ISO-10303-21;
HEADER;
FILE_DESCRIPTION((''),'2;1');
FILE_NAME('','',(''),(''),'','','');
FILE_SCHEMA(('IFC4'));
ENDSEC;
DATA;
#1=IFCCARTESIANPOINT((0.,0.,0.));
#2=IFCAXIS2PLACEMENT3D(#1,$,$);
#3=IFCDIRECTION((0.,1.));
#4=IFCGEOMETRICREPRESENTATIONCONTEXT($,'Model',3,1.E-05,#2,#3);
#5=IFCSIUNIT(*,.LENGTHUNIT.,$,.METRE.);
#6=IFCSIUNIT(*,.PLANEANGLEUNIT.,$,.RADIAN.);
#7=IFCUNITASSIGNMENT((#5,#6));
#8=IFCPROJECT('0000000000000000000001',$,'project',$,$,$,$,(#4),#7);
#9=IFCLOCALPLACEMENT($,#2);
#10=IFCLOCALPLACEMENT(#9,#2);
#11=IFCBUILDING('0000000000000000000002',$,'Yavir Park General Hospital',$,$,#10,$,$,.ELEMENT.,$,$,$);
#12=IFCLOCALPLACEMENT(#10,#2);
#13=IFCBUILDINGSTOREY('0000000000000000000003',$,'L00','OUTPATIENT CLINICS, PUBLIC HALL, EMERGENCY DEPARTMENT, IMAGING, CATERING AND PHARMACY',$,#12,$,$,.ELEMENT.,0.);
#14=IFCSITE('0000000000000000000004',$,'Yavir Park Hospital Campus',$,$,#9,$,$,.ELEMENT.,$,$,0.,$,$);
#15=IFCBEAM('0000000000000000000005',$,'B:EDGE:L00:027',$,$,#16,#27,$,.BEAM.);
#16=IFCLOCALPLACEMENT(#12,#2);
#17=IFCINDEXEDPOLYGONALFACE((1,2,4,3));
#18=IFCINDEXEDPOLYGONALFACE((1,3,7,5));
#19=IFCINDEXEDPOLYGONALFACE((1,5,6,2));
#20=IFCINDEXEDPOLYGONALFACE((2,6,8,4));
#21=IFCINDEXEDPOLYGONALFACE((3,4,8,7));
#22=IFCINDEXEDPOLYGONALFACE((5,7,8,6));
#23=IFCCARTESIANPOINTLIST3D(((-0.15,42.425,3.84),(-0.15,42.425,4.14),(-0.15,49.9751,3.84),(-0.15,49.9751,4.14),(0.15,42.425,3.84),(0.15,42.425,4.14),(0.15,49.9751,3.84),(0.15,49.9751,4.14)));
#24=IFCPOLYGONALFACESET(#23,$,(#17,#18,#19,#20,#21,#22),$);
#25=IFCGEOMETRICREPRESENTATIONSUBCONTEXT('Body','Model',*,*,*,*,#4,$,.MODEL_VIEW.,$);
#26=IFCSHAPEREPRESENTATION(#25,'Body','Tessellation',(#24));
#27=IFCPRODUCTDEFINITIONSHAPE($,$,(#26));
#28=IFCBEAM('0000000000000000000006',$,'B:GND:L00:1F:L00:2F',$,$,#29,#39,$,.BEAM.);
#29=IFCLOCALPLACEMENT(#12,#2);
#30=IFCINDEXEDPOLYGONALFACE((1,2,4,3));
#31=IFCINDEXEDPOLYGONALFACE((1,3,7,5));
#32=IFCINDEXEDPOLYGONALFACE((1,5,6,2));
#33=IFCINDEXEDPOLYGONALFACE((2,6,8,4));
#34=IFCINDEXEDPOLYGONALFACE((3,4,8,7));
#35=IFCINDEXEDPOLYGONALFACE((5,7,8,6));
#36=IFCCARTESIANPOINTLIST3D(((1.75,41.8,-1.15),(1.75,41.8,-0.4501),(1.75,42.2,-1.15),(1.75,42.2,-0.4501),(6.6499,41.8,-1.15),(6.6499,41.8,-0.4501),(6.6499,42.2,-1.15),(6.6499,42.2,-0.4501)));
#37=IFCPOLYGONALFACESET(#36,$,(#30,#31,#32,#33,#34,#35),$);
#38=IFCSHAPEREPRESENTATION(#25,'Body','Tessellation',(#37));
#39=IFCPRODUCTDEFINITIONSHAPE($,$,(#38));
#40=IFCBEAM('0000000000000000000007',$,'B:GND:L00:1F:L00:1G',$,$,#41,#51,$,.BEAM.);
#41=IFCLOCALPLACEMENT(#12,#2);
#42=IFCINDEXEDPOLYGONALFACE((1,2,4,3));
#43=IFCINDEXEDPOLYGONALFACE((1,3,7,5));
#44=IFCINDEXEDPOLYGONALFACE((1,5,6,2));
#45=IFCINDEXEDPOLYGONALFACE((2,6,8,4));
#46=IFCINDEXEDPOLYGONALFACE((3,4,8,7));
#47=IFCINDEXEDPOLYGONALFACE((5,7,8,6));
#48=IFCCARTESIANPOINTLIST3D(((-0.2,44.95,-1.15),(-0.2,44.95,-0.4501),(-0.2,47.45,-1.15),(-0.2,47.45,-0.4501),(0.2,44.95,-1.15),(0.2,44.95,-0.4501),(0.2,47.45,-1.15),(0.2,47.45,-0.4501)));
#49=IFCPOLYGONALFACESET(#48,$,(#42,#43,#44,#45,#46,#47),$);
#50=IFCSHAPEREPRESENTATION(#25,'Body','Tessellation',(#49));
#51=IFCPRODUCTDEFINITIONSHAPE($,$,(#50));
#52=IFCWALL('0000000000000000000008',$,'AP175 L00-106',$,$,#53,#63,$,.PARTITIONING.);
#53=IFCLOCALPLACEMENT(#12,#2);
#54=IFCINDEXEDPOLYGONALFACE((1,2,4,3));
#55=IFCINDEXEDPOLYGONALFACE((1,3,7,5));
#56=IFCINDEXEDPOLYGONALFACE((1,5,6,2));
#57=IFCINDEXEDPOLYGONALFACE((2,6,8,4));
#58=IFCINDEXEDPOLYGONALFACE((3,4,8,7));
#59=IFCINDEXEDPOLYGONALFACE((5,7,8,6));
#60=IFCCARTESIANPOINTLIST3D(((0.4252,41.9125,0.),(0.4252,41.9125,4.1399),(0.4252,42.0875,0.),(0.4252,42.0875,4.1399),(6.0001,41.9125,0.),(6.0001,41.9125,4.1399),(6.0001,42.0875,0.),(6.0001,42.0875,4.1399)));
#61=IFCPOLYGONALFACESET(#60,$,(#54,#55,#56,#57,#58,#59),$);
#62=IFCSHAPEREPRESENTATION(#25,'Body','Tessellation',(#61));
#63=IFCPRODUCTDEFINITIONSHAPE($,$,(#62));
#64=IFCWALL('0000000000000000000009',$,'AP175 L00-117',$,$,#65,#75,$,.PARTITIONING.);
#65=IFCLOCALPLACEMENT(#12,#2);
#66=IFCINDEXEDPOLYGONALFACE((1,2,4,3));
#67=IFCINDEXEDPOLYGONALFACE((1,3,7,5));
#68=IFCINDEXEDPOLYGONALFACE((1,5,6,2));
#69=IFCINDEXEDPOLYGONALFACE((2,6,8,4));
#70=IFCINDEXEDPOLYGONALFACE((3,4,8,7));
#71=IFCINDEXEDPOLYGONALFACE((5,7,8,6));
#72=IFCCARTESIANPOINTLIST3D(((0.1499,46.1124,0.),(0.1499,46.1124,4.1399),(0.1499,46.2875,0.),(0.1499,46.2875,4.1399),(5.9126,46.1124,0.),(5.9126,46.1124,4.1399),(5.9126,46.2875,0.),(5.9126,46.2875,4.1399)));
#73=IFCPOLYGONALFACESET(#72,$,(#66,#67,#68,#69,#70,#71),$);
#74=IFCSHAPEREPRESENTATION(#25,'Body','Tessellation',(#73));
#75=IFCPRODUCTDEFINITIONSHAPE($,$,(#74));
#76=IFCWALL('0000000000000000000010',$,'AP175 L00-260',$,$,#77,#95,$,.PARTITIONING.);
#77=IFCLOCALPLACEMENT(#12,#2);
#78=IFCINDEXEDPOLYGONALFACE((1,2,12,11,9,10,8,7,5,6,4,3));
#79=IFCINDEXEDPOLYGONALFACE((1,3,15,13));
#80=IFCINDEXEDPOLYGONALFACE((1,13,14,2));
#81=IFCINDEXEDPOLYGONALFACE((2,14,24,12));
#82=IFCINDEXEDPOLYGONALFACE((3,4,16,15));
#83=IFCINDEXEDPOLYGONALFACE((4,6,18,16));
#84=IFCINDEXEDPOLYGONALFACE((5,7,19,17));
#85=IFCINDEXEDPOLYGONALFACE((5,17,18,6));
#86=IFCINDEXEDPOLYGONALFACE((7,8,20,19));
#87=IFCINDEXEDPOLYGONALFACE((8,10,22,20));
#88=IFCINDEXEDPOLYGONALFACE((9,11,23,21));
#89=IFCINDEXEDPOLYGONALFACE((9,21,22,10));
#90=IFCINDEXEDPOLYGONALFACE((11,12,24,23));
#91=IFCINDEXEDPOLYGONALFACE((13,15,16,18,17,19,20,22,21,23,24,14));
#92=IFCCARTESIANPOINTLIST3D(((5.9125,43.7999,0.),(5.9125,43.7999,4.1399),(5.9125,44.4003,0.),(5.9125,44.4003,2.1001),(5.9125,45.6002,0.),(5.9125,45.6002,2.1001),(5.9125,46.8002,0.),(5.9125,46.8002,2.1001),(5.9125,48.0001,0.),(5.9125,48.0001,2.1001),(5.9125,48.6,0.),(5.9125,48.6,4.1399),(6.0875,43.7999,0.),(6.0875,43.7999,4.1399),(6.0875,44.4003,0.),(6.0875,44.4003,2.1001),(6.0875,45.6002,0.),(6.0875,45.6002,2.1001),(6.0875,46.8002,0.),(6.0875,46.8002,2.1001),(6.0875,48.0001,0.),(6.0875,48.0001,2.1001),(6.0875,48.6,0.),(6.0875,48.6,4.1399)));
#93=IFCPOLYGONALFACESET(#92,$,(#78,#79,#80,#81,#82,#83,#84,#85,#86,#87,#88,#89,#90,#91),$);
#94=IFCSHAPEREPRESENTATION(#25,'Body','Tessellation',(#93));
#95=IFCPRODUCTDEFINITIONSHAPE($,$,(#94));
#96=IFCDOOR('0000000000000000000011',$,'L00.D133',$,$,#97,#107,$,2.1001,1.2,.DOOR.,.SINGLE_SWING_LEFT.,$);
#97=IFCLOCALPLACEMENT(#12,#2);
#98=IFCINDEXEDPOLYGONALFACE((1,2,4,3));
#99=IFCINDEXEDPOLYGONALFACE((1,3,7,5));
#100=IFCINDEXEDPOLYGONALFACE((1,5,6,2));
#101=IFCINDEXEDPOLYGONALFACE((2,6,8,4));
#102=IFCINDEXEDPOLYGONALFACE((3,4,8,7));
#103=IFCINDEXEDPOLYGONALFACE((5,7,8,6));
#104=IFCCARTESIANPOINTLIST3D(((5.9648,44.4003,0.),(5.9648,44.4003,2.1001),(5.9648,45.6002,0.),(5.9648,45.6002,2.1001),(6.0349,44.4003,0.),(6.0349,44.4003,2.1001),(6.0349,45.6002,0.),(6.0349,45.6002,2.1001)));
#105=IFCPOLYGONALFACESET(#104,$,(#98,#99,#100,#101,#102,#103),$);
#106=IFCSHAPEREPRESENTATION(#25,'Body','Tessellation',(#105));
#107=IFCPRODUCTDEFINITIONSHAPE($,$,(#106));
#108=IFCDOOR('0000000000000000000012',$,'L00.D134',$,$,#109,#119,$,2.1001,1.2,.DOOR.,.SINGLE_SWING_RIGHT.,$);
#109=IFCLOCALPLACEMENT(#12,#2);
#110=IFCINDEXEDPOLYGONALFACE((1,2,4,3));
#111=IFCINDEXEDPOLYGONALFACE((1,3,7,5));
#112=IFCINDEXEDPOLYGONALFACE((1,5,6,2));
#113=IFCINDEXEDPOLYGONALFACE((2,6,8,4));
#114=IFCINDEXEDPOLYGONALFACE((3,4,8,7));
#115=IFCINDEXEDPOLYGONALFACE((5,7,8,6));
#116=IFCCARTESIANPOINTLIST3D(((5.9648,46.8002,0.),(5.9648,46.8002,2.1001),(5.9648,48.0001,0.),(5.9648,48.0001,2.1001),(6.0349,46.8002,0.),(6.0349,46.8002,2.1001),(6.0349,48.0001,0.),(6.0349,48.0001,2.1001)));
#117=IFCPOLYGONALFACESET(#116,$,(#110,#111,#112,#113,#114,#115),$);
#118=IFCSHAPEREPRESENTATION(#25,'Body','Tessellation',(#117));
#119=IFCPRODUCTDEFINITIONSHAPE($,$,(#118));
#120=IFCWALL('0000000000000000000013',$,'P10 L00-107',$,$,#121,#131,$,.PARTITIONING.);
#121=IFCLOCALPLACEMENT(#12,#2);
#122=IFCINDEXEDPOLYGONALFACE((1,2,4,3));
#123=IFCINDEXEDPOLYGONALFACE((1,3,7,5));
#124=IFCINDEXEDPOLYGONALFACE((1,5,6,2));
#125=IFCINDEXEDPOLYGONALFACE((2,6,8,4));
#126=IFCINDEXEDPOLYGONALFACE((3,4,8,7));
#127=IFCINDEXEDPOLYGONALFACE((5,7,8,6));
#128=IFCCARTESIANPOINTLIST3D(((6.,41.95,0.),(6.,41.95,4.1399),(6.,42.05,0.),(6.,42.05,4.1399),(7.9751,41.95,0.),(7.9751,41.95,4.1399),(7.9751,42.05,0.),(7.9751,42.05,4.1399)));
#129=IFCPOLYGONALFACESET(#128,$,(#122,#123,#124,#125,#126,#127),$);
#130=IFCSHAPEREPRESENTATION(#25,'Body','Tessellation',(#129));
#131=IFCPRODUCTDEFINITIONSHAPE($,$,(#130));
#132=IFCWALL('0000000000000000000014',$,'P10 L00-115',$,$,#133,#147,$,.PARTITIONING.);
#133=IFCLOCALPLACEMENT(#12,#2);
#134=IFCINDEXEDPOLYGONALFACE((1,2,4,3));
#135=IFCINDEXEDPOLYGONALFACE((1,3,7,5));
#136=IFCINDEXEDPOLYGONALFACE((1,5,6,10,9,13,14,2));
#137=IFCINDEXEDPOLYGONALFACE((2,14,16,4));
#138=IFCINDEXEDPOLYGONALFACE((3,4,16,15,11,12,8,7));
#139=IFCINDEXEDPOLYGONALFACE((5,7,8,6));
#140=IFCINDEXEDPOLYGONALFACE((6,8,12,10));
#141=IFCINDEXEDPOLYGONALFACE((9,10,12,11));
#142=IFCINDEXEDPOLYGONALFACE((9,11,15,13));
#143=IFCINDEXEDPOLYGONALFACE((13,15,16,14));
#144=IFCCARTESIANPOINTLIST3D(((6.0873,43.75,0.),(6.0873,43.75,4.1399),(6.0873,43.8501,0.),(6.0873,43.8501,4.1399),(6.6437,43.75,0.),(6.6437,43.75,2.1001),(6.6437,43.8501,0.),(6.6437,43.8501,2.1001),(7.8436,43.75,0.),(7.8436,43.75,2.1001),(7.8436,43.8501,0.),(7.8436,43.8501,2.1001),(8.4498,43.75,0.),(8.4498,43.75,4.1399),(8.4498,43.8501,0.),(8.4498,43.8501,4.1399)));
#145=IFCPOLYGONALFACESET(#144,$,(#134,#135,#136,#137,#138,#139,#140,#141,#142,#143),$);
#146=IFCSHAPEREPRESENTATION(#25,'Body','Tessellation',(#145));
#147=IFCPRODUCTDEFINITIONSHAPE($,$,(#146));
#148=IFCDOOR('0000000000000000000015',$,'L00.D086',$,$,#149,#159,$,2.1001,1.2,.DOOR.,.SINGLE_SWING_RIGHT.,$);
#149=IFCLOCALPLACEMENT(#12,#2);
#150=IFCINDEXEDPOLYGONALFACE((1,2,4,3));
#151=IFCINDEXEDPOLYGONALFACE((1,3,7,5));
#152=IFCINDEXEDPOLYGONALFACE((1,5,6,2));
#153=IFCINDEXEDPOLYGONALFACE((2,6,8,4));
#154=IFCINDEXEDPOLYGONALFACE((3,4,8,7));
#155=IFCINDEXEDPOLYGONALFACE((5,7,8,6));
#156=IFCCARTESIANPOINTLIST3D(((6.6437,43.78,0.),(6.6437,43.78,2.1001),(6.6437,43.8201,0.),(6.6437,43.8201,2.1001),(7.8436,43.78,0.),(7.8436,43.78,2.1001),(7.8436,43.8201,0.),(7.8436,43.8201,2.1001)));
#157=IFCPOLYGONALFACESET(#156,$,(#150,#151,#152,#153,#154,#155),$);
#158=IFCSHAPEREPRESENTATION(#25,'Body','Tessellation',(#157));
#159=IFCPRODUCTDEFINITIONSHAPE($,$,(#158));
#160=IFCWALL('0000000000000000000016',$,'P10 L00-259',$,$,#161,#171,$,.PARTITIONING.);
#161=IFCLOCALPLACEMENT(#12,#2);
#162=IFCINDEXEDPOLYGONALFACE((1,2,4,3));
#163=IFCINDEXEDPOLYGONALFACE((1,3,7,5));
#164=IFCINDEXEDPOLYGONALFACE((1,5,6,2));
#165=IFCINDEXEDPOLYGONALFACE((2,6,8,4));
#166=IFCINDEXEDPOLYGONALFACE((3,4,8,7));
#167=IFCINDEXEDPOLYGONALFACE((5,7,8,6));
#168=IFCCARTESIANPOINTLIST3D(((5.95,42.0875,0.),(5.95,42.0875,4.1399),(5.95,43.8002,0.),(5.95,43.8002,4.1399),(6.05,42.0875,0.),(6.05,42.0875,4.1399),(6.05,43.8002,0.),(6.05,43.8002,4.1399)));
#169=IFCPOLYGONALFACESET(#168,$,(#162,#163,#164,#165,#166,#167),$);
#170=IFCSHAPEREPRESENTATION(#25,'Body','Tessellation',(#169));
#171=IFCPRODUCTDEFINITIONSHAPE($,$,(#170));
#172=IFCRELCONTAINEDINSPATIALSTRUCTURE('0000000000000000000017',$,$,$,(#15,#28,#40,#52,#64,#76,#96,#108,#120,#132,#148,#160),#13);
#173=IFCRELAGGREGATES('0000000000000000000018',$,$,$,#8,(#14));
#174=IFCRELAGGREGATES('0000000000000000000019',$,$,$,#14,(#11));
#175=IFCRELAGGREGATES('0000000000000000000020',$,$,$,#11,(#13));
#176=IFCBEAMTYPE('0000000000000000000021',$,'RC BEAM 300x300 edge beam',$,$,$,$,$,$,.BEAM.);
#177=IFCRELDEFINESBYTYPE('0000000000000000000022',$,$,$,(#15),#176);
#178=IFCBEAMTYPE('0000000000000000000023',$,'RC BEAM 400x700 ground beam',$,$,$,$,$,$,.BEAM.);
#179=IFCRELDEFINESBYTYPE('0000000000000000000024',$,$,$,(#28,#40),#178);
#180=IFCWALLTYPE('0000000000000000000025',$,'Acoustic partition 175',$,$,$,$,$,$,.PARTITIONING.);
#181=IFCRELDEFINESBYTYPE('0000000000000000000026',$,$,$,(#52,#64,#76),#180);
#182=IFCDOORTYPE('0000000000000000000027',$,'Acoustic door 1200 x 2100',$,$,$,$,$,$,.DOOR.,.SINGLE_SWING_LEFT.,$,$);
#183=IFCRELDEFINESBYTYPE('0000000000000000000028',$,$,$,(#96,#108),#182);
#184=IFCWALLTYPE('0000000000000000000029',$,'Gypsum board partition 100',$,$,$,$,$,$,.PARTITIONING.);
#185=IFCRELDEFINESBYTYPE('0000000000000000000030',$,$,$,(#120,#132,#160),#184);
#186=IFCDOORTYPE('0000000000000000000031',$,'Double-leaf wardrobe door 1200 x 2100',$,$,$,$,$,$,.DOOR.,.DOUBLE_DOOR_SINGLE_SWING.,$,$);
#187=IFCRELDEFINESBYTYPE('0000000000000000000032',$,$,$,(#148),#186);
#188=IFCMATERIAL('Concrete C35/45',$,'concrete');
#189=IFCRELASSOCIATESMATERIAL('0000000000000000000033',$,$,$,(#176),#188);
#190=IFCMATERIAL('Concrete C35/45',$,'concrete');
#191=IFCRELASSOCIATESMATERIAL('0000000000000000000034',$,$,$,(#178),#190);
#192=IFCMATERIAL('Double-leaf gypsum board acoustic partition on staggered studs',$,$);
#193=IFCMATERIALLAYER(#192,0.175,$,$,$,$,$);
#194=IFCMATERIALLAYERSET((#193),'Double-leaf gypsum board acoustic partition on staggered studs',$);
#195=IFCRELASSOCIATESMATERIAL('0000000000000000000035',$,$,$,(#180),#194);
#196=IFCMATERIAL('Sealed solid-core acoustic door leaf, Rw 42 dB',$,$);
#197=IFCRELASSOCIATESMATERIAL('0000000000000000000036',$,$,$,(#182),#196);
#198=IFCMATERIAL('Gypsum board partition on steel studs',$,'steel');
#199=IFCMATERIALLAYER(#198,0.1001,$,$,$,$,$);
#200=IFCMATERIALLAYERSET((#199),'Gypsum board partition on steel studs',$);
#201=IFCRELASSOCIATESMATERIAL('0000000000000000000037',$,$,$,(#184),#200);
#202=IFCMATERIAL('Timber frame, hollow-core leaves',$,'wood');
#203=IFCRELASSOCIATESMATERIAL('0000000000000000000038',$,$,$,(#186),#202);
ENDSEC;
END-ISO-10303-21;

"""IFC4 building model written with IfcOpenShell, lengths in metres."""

from ifc_helpers import new_model, si_unit, direction, frame, frame_2d, origin, origin_2d, place, context, subcontext, project, spatial, rectangle, extrude, material, layer, layer_set, material_profile, profile_set, type_object, element, fill, save


model = new_model("IFC4")

# Units and contexts
model_context = context("Model", 3, precision=1e-05, world=origin(), true_north=direction((0.0, 1.0)))
body_context = subcontext(model_context, "Body", "Model", "MODEL_VIEW")
ifc_project = project(units=[si_unit("LENGTHUNIT", "METRE"), si_unit("PLANEANGLEUNIT", "RADIAN")], contexts=[model_context])

# Site, building, storey
site_placement = place(None, origin())
site = spatial("IfcSite", under=ifc_project, at=site_placement, Name="Yavir Park Hospital Campus", CompositionType="ELEMENT", RefElevation=0.0)
building_placement = place(site_placement, origin())
building = spatial("IfcBuilding", under=site, at=building_placement, Name="Yavir Park General Hospital", CompositionType="ELEMENT")
storey_placement = place(building_placement, origin())
storey = spatial("IfcBuildingStorey", under=building, at=storey_placement, Name="L00", Description="OUTPATIENT CLINICS, PUBLIC HALL, EMERGENCY DEPARTMENT, IMAGING, CATERING AND PHARMACY", CompositionType="ELEMENT", Elevation=0.0)

# Beams
ifc_material_1 = material(Name="Concrete C35/45", Category="concrete")
ifc_material_profile_1 = material_profile(ifc_material_1, rectangle(XDim=0.3, YDim=0.3, at=origin_2d()), Name="RC300x300")
ifc_profile_set_1 = profile_set([ifc_material_profile_1], Name="Concrete C35/45")
beam_type_1 = type_object("IfcBeamType", Name="RC BEAM 300x300 edge beam", PredefinedType="BEAM", material=ifc_profile_set_1)
beam_1_placement = place(storey_placement, frame((0.0, 42.425, 3.99), z_axis=(0.0, 1.0, 0.0), x_axis=(-1.0, 0.0, 0.0)))
element("IfcBeam", 1, at=beam_1_placement, inside=storey, type_object=beam_type_1, Name="B:EDGE:L00:027", PredefinedType="BEAM", context=body_context, shape_type="SweptSolid", body=[
    extrude(rectangle(XDim=0.3, YDim=0.3, at=origin_2d()), origin(), (0.0, 0.0, 1.0), 7.55),
])
ifc_material_2 = material(Name="Concrete C35/45", Category="concrete")
ifc_material_profile_2 = material_profile(ifc_material_2, rectangle(XDim=0.3999, YDim=0.7, at=origin_2d()), Name="RC400x700")
ifc_profile_set_2 = profile_set([ifc_material_profile_2], Name="Concrete C35/45")
beam_type_2 = type_object("IfcBeamType", Name="RC BEAM 400x700 ground beam", PredefinedType="BEAM", material=ifc_profile_set_2)
beam_2_placement = place(storey_placement, frame((1.75, 42.0, -0.8), z_axis=(1.0, 0.0, 0.0), x_axis=(0.0, 1.0, 0.0)))
element("IfcBeam", 2, at=beam_2_placement, inside=storey, type_object=beam_type_2, Name="B:GND:L00:1F:L00:2F", PredefinedType="BEAM", context=body_context, shape_type="SweptSolid", body=[
    extrude(rectangle(XDim=0.3999, YDim=0.7, at=origin_2d()), origin(), (0.0, 0.0, 1.0), 4.8999),
])
beam_3_placement = place(storey_placement, frame((0.0, 44.95, -0.8), z_axis=(0.0, 1.0, 0.0), x_axis=(-1.0, 0.0, 0.0)))
element("IfcBeam", 3, at=beam_3_placement, inside=storey, type_object=beam_type_2, Name="B:GND:L00:1F:L00:1G", PredefinedType="BEAM", context=body_context, shape_type="SweptSolid", body=[
    extrude(rectangle(XDim=0.3999, YDim=0.7, at=origin_2d()), origin(), (0.0, 0.0, 1.0), 2.5),
])

# Walls
ifc_material_3 = material(Name="Double-leaf gypsum board acoustic partition on staggered studs")
ifc_layer_1 = layer(ifc_material_3, 0.175)
ifc_layer_set_1 = layer_set([ifc_layer_1], Name="Double-leaf gypsum board acoustic partition on staggered studs")
wall_type_1 = type_object("IfcWallType", Name="Acoustic partition 175", PredefinedType="PARTITIONING", material=ifc_layer_set_1)
wall_1_placement = place(storey_placement, frame((0.425, 42.0, 0.0), z_axis=(0.0, 0.0, 1.0), x_axis=(1.0, 0.0, 0.0)))
element("IfcWall", 4, at=wall_1_placement, inside=storey, type_object=wall_type_1, Name="AP175 L00-106", PredefinedType="PARTITIONING", context=body_context, shape_type="SweptSolid", body=[
    extrude(rectangle(XDim=5.575, YDim=0.175, at=frame_2d((2.7876, 0.0))), origin(), (0.0, 0.0, 1.0), 4.1399),
])
wall_2_placement = place(storey_placement, frame((0.1499, 46.2, 0.0), z_axis=(0.0, 0.0, 1.0), x_axis=(1.0, 0.0, 0.0)))
element("IfcWall", 5, at=wall_2_placement, inside=storey, type_object=wall_type_1, Name="AP175 L00-117", PredefinedType="PARTITIONING", context=body_context, shape_type="SweptSolid", body=[
    extrude(rectangle(XDim=5.7627, YDim=0.175, at=frame_2d((2.8813, 0.0))), origin(), (0.0, 0.0, 1.0), 4.1399),
])

# Wall, openings, doors
wall_3_placement = place(storey_placement, frame((6.0, 43.8, 0.0), z_axis=(0.0, 0.0, 1.0), x_axis=(0.0, 1.0, 0.0)))
wall_3 = element("IfcWall", 6, at=wall_3_placement, inside=storey, type_object=wall_type_1, Name="AP175 L00-260", PredefinedType="PARTITIONING", context=body_context, shape_type="SweptSolid", body=[
    extrude(rectangle(XDim=4.8, YDim=0.175, at=frame_2d((2.3999, 0.0))), origin(), (0.0, 0.0, 1.0), 4.1399),
])
opening_1_placement = place(wall_3_placement, frame((0.6001, 0.0, 0.0)))
opening_1 = element("IfcOpeningElement", 7, at=opening_1_placement, cuts=wall_3, PredefinedType="OPENING", context=body_context, shape_type="SweptSolid", body=[
    extrude(rectangle(XDim=1.2, YDim=2.1001, at=frame_2d((0.6001, 1.05))), frame((0.0, 0.0974, 0.0), z_axis=(0.0, -1.0, 0.0), x_axis=(1.0, 0.0, 0.0)), (0.0, 0.0, 1.0), 0.1951),
])
opening_2_placement = place(wall_3_placement, frame((3.0, 0.0, 0.0)))
opening_2 = element("IfcOpeningElement", 8, at=opening_2_placement, cuts=wall_3, PredefinedType="OPENING", context=body_context, shape_type="SweptSolid", body=[
    extrude(rectangle(XDim=1.2, YDim=2.1001, at=frame_2d((0.6001, 1.05))), frame((0.0, 0.0974, 0.0), z_axis=(0.0, -1.0, 0.0), x_axis=(1.0, 0.0, 0.0)), (0.0, 0.0, 1.0), 0.1951),
])
ifc_material_4 = material(Name="Sealed solid-core acoustic door leaf, Rw 42 dB")
door_type_1 = type_object("IfcDoorType", Name="Acoustic door 1200 x 2100", OperationType="SINGLE_SWING_LEFT", PredefinedType="DOOR", material=ifc_material_4)
door_1_placement = place(opening_1_placement, origin())
door_1 = element("IfcDoor", 9, at=door_1_placement, inside=storey, type_object=door_type_1, Name="L00.D133", OperationType="SINGLE_SWING_LEFT", OverallHeight=2.1001, OverallWidth=1.2, PredefinedType="DOOR", context=body_context, shape_type="SweptSolid", body=[
    extrude(rectangle(XDim=1.2, YDim=2.1001, at=frame_2d((0.6001, 1.05))), frame((0.0, 0.0352, 0.0), z_axis=(0.0, -1.0, 0.0), x_axis=(1.0, 0.0, 0.0)), (0.0, 0.0, 1.0), 0.0701),
])
fill(opening_1, door_1)
door_2_placement = place(opening_2_placement, origin())
door_2 = element("IfcDoor", 10, at=door_2_placement, inside=storey, type_object=door_type_1, Name="L00.D134", OperationType="SINGLE_SWING_RIGHT", OverallHeight=2.1001, OverallWidth=1.2, PredefinedType="DOOR", context=body_context, shape_type="SweptSolid", body=[
    extrude(rectangle(XDim=1.2, YDim=2.1001, at=frame_2d((0.6001, 1.05))), frame((0.0, 0.0352, 0.0), z_axis=(0.0, -1.0, 0.0), x_axis=(1.0, 0.0, 0.0)), (0.0, 0.0, 1.0), 0.0701),
])
fill(opening_2, door_2)

# Wall
ifc_material_5 = material(Name="Gypsum board partition on steel studs", Category="steel")
ifc_layer_2 = layer(ifc_material_5, 0.1001)
ifc_layer_set_2 = layer_set([ifc_layer_2], Name="Gypsum board partition on steel studs")
wall_type_2 = type_object("IfcWallType", Name="Gypsum board partition 100", PredefinedType="PARTITIONING", material=ifc_layer_set_2)
wall_4_placement = place(storey_placement, frame((6.0, 42.0, 0.0), z_axis=(0.0, 0.0, 1.0), x_axis=(1.0, 0.0, 0.0)))
element("IfcWall", 11, at=wall_4_placement, inside=storey, type_object=wall_type_2, Name="P10 L00-107", PredefinedType="PARTITIONING", context=body_context, shape_type="SweptSolid", body=[
    extrude(rectangle(XDim=1.9751, YDim=0.1001, at=frame_2d((0.9875, 0.0))), origin(), (0.0, 0.0, 1.0), 4.1399),
])

# Wall, opening, door
wall_5_placement = place(storey_placement, frame((6.0874, 43.8, 0.0), z_axis=(0.0, 0.0, 1.0), x_axis=(1.0, 0.0, 0.0)))
wall_5 = element("IfcWall", 12, at=wall_5_placement, inside=storey, type_object=wall_type_2, Name="P10 L00-115", PredefinedType="PARTITIONING", context=body_context, shape_type="SweptSolid", body=[
    extrude(rectangle(XDim=2.3625, YDim=0.1001, at=frame_2d((1.1812, 0.0))), origin(), (0.0, 0.0, 1.0), 4.1399),
])
opening_3_placement = place(wall_5_placement, frame((0.5562, 0.0, 0.0)))
opening_3 = element("IfcOpeningElement", 13, at=opening_3_placement, cuts=wall_5, PredefinedType="OPENING", context=body_context, shape_type="SweptSolid", body=[
    extrude(rectangle(XDim=1.2, YDim=2.1001, at=frame_2d((0.6001, 1.05))), frame((0.0, 0.0601, 0.0), z_axis=(0.0, -1.0, 0.0), x_axis=(1.0, 0.0, 0.0)), (0.0, 0.0, 1.0), 0.1201),
])
ifc_material_6 = material(Name="Timber frame, hollow-core leaves", Category="wood")
door_type_2 = type_object("IfcDoorType", Name="Double-leaf wardrobe door 1200 x 2100", OperationType="DOUBLE_DOOR_SINGLE_SWING", PredefinedType="DOOR", material=ifc_material_6)
door_3_placement = place(opening_3_placement, origin())
door_3 = element("IfcDoor", 14, at=door_3_placement, inside=storey, type_object=door_type_2, Name="L00.D086", OperationType="SINGLE_SWING_RIGHT", OverallHeight=2.1001, OverallWidth=1.2, PredefinedType="DOOR", context=body_context, shape_type="SweptSolid", body=[
    extrude(rectangle(XDim=1.2, YDim=2.1001, at=frame_2d((0.6001, 1.05))), frame((0.0, 0.02, 0.0), z_axis=(0.0, -1.0, 0.0), x_axis=(1.0, 0.0, 0.0)), (0.0, 0.0, 1.0), 0.04),
])
fill(opening_3, door_3)

# Wall
wall_6_placement = place(storey_placement, frame((6.0, 42.0874, 0.0), z_axis=(0.0, 0.0, 1.0), x_axis=(0.0, 1.0, 0.0)))
element("IfcWall", 15, at=wall_6_placement, inside=storey, type_object=wall_type_2, Name="P10 L00-259", PredefinedType="PARTITIONING", context=body_context, shape_type="SweptSolid", body=[
    extrude(rectangle(XDim=1.7126, YDim=0.1001, at=frame_2d((0.8564, 0.0))), origin(), (0.0, 0.0, 1.0), 4.1399),
])

save(model, "model.ifc")
